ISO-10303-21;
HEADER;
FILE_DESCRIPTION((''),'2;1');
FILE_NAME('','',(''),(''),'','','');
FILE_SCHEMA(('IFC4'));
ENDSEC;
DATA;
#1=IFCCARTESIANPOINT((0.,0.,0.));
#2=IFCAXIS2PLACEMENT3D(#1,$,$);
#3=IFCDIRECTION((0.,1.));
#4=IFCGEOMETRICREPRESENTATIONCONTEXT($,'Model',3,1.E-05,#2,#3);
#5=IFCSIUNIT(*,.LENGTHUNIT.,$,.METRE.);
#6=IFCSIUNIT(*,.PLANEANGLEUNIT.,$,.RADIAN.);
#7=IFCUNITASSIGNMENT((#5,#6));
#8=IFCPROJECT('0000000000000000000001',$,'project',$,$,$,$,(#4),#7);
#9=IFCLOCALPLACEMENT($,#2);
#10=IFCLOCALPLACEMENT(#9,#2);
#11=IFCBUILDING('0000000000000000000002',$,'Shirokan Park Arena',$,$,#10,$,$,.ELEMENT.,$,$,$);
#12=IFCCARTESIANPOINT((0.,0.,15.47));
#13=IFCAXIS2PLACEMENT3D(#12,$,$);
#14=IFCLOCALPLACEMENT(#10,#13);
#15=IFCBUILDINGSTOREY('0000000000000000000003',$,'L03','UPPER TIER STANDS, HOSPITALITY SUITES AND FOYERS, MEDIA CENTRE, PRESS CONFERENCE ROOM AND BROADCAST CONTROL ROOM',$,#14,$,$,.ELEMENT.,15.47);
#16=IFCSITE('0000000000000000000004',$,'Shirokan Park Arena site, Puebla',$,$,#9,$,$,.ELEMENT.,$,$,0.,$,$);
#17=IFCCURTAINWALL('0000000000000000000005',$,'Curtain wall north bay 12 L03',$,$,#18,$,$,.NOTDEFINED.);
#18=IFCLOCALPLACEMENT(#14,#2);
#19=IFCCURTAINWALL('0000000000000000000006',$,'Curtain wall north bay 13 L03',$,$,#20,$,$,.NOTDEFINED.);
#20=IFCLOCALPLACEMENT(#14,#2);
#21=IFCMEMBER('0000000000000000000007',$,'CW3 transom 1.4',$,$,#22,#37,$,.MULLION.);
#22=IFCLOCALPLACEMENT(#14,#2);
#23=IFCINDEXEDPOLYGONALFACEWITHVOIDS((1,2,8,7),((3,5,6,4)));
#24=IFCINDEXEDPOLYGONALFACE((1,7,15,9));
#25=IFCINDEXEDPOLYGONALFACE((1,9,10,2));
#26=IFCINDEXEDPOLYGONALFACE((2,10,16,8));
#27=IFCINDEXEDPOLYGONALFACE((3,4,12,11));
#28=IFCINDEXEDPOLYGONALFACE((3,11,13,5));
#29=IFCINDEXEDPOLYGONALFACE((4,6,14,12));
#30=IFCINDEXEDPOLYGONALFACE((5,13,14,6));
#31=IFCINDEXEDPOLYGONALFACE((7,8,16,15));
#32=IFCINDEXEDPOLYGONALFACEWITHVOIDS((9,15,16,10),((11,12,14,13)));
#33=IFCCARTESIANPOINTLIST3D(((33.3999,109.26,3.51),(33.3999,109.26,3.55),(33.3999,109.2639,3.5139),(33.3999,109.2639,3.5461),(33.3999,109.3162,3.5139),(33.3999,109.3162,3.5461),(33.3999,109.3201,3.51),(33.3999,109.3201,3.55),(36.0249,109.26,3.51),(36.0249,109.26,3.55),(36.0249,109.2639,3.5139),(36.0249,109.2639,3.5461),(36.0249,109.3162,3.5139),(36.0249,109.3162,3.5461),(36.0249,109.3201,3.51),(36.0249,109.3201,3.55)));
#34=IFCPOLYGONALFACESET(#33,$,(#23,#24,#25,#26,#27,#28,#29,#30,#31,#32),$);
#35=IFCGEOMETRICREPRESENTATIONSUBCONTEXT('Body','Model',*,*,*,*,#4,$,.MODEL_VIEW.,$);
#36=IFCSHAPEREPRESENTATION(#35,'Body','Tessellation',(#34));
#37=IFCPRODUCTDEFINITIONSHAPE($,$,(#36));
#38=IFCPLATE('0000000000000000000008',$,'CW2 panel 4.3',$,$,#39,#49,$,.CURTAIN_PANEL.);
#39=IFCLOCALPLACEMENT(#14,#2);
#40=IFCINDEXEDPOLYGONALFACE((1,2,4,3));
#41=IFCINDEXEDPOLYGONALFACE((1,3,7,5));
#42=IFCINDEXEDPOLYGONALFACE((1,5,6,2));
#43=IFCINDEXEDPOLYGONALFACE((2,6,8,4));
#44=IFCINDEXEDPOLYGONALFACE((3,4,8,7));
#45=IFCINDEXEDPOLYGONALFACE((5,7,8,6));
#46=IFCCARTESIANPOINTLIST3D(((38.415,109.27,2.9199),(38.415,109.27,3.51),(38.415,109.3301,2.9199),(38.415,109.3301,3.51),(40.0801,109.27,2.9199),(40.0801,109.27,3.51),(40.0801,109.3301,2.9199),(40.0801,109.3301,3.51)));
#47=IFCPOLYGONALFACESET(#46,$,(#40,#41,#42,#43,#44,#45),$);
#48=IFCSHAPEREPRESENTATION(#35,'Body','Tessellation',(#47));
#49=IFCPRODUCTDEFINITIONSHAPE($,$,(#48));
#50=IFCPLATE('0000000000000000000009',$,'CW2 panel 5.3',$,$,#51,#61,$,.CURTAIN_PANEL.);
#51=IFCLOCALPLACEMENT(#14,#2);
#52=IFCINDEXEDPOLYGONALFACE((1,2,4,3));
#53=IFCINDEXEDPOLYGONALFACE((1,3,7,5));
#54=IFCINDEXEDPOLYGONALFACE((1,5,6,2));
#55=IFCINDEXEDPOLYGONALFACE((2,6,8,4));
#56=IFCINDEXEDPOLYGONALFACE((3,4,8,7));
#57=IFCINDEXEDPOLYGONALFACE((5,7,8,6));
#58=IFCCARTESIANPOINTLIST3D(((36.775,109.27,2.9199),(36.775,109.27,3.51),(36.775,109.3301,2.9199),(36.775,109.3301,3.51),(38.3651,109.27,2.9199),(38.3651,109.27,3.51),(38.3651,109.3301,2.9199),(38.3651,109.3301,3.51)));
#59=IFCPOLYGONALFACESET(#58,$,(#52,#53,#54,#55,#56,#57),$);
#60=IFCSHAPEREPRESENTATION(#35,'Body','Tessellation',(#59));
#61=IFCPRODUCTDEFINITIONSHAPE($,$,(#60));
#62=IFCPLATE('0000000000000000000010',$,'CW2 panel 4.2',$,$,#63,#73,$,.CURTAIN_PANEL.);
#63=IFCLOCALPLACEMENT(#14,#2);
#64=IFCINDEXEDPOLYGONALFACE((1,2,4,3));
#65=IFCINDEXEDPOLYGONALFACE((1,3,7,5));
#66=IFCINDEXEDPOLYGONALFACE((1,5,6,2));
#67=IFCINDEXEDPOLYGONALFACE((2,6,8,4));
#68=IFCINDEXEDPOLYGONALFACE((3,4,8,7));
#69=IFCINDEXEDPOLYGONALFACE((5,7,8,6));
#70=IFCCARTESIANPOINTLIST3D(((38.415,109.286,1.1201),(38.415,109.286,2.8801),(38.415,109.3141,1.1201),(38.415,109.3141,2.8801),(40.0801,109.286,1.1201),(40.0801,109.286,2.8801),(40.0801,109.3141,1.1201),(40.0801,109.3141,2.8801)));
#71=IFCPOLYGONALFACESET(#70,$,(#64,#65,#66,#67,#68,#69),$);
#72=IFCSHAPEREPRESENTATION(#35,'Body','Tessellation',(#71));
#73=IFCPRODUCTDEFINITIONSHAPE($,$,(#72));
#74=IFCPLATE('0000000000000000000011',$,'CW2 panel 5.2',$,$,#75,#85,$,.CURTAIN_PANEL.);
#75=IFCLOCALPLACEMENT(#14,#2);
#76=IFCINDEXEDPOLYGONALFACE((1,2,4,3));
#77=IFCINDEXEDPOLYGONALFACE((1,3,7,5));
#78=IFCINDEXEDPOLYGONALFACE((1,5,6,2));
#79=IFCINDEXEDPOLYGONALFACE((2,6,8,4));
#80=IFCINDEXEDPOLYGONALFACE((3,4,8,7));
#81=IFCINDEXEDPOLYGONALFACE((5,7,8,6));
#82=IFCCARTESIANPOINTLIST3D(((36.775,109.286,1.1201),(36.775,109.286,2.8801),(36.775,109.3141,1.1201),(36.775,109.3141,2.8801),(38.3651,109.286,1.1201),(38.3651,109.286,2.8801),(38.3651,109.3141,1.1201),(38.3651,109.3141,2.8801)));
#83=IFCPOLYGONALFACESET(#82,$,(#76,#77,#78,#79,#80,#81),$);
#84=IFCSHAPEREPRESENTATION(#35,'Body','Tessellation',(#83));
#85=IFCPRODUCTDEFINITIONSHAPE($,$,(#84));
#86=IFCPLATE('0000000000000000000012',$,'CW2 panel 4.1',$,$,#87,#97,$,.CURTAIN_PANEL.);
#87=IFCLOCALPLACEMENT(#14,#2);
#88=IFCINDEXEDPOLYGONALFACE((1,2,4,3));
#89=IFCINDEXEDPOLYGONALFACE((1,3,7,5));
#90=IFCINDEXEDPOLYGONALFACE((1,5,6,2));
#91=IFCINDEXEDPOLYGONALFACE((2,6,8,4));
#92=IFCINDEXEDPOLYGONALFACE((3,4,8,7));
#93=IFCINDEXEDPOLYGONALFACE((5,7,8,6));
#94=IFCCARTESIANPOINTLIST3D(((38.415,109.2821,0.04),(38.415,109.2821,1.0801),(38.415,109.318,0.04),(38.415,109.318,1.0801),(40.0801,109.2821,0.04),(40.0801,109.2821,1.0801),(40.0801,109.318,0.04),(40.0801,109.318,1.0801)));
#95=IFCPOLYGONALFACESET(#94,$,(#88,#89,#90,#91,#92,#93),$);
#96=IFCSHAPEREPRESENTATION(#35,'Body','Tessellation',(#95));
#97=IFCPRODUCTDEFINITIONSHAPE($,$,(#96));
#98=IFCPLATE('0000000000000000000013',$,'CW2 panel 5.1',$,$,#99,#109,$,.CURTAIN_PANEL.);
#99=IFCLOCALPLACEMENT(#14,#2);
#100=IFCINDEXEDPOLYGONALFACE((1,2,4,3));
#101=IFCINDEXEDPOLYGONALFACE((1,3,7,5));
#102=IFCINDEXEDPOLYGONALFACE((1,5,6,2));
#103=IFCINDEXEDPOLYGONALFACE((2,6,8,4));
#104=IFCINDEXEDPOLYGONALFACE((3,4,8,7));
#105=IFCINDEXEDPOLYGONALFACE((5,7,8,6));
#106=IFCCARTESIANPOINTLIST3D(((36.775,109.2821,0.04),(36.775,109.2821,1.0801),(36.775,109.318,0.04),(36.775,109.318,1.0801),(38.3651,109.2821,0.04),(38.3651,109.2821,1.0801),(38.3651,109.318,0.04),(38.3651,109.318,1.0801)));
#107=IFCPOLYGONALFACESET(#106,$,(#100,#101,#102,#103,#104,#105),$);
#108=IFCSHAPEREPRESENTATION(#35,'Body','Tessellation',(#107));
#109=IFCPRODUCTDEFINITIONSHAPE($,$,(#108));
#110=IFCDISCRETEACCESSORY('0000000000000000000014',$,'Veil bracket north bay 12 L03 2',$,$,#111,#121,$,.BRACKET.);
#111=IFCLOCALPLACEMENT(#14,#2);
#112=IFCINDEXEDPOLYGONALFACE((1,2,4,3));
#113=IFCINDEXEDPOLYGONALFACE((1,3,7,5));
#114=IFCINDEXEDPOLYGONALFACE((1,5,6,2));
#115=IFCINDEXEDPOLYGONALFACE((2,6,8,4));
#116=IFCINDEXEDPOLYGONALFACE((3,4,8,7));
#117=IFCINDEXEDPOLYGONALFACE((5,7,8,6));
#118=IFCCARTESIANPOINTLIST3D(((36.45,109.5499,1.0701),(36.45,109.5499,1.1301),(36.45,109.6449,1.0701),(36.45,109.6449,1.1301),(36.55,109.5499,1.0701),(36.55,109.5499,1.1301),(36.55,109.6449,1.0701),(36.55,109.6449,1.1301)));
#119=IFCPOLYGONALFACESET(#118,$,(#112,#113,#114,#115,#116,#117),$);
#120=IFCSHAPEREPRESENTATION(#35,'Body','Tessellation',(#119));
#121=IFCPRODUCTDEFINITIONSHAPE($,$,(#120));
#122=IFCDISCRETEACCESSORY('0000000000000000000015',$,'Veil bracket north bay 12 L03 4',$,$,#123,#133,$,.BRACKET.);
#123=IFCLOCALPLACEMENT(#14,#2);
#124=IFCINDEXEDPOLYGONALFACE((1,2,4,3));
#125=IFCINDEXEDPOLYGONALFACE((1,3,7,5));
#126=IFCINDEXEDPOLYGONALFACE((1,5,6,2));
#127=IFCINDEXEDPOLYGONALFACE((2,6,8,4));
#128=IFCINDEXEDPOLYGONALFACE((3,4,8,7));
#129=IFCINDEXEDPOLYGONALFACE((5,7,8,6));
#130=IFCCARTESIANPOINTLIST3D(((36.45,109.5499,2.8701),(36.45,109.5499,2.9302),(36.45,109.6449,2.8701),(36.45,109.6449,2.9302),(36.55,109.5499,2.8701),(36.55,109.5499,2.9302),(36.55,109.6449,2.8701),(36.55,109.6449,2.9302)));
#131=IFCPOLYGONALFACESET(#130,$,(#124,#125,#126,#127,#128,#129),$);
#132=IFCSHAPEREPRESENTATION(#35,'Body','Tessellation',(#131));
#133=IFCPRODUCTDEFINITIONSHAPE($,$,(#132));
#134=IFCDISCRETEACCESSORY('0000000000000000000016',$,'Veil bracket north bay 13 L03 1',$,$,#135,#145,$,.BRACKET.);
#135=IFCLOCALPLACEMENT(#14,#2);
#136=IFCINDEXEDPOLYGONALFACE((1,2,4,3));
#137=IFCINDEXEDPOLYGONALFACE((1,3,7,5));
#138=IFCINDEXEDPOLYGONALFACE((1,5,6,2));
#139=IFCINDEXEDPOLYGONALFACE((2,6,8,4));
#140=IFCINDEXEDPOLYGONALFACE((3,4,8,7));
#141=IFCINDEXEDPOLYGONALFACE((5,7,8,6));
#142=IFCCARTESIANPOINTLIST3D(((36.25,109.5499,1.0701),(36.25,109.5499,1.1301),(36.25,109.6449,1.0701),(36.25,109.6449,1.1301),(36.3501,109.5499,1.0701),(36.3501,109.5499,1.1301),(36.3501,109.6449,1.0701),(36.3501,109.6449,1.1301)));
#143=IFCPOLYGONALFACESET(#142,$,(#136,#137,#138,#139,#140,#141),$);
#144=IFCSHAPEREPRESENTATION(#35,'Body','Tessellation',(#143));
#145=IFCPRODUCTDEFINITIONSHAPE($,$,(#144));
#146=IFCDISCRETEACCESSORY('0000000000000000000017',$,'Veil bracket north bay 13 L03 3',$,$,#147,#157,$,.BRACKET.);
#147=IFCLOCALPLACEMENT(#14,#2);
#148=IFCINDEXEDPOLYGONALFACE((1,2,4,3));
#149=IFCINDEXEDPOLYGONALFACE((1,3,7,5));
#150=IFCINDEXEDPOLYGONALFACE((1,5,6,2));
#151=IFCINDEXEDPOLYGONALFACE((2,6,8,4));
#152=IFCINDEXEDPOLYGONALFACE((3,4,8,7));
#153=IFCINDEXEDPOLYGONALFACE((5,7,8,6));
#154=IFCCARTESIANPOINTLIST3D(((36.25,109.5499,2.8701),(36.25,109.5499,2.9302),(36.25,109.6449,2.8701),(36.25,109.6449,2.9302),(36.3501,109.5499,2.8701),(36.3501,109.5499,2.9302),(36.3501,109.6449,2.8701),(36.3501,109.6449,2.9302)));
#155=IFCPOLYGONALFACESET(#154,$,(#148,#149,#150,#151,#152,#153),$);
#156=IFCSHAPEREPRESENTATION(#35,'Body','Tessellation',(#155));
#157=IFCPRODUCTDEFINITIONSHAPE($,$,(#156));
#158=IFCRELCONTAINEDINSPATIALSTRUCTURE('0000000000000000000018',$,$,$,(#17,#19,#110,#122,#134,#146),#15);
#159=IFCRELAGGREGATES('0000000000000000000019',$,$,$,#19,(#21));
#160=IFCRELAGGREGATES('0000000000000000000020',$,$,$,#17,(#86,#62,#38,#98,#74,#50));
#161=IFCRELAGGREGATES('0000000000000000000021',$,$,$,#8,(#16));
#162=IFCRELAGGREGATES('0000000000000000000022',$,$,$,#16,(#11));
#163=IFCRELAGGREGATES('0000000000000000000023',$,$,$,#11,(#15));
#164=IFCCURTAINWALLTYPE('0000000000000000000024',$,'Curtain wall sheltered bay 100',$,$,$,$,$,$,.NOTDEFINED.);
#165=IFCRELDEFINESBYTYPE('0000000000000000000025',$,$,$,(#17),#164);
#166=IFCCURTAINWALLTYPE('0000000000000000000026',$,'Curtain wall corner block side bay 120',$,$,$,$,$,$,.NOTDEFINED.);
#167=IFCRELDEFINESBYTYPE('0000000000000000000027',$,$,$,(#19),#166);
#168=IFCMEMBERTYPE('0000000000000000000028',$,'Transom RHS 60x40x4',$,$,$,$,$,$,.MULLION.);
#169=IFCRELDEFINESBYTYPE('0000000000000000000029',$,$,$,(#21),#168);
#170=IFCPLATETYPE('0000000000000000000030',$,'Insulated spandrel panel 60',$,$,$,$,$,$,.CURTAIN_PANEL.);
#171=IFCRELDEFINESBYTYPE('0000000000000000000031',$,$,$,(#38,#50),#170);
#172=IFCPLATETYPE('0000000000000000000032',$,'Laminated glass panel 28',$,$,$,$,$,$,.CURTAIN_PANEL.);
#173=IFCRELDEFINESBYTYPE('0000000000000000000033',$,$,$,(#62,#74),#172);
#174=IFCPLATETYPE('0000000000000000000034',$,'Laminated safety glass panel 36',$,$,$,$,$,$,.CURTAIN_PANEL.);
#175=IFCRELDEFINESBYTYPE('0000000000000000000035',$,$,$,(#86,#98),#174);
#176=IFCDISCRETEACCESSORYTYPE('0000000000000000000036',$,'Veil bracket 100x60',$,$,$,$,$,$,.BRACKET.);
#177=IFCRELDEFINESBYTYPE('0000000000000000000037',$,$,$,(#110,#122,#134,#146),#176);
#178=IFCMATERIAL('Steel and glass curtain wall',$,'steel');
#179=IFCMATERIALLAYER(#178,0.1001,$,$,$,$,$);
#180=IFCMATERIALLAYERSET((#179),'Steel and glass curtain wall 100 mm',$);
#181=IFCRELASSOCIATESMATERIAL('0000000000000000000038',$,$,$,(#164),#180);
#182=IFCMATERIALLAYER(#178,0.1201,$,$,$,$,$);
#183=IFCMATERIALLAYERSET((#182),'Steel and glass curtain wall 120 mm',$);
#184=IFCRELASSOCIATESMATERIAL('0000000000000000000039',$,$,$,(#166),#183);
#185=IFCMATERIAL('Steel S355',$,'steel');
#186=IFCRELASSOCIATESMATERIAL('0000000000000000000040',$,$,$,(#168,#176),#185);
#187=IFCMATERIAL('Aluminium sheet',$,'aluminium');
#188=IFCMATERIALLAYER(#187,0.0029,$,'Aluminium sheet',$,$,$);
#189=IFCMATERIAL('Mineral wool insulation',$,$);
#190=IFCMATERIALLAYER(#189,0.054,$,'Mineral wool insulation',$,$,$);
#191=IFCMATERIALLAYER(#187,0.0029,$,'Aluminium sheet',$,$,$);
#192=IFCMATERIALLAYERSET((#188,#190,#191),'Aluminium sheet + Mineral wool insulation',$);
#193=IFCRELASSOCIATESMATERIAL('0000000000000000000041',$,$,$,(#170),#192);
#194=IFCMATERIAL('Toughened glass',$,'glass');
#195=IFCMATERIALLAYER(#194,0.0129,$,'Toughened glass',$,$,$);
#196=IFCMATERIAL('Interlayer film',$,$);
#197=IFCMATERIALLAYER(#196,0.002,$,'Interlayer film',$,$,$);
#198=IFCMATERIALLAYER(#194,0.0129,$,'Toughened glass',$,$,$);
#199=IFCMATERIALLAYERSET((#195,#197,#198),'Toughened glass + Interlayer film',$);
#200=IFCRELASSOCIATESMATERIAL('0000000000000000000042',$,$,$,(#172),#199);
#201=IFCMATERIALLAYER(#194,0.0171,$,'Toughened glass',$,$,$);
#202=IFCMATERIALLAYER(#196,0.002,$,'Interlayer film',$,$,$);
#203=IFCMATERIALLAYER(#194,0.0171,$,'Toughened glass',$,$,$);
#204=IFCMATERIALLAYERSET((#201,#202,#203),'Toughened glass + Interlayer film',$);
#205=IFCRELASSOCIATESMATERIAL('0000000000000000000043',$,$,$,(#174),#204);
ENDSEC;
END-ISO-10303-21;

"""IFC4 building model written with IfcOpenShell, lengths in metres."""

from ifc_helpers import new_model, si_unit, direction, frame, origin, origin_2d, place, context, subcontext, project, spatial, rectangle, hollow_rectangle, extrude, material, layer, layer_set, material_profile, profile_set, type_object, element, aggregate, save


model = new_model("IFC4")

# Units and contexts
model_context = context("Model", 3, precision=1e-05, world=origin(), true_north=direction((0.0, 1.0)))
body_context = subcontext(model_context, "Body", "Model", "MODEL_VIEW")
ifc_project = project(units=[si_unit("LENGTHUNIT", "METRE"), si_unit("PLANEANGLEUNIT", "RADIAN")], contexts=[model_context])

# Site, building, storey
site_placement = place(None, origin())
site = spatial("IfcSite", under=ifc_project, at=site_placement, Name="Shirokan Park Arena site, Puebla", CompositionType="ELEMENT", RefElevation=0.0)
building_placement = place(site_placement, origin())
building = spatial("IfcBuilding", under=site, at=building_placement, Name="Shirokan Park Arena", CompositionType="ELEMENT")
storey_placement = place(building_placement, frame((0.0, 0.0, 15.47)))
storey = spatial("IfcBuildingStorey", under=building, at=storey_placement, Name="L03", Description="UPPER TIER STANDS, HOSPITALITY SUITES AND FOYERS, MEDIA CENTRE, PRESS CONFERENCE ROOM AND BROADCAST CONTROL ROOM", CompositionType="ELEMENT", Elevation=15.47)

# Curtain walls
ifc_material_1 = material(Name="Steel and glass curtain wall", Category="steel")
ifc_layer_1 = layer(ifc_material_1, 0.1001)
ifc_layer_set_1 = layer_set([ifc_layer_1], Name="Steel and glass curtain wall 100 mm")
curtain_wall_type_1 = type_object("IfcCurtainWallType", Name="Curtain wall sheltered bay 100", PredefinedType="NOTDEFINED", material=ifc_layer_set_1)
curtain_wall_1_placement = place(storey_placement, origin())
curtain_wall_1 = element("IfcCurtainWall", 1, at=curtain_wall_1_placement, inside=storey, type_object=curtain_wall_type_1, Name="Curtain wall north bay 12 L03", PredefinedType="NOTDEFINED")
ifc_material_2 = material(Name="Steel S355", Category="steel")
ifc_layer_2 = layer(ifc_material_1, 0.1201)
ifc_layer_set_2 = layer_set([ifc_layer_2], Name="Steel and glass curtain wall 120 mm")
curtain_wall_type_2 = type_object("IfcCurtainWallType", Name="Curtain wall corner block side bay 120", PredefinedType="NOTDEFINED", material=ifc_layer_set_2)
curtain_wall_2_placement = place(storey_placement, origin())
curtain_wall_2 = element("IfcCurtainWall", 2, at=curtain_wall_2_placement, inside=storey, type_object=curtain_wall_type_2, Name="Curtain wall north bay 13 L03", PredefinedType="NOTDEFINED")

# Member
ifc_material_profile_1 = material_profile(ifc_material_2, hollow_rectangle(XDim=0.0601, YDim=0.04, WallThickness=0.0039, at=origin_2d()), Name="RHS 60x40x4")
ifc_profile_set_1 = profile_set([ifc_material_profile_1], Name="Steel S355")
member_type_1 = type_object("IfcMemberType", Name="Transom RHS 60x40x4", PredefinedType="MULLION", material=ifc_profile_set_1)
member_1_placement = place(storey_placement, frame((36.0249, 109.29, 3.53), z_axis=(-1.0, 0.0, 0.0), x_axis=(0.0, -1.0, 0.0)))
member_1 = element("IfcMember", 3, at=member_1_placement, type_object=member_type_1, Name="CW3 transom 1.4", PredefinedType="MULLION", context=body_context, shape_type="SweptSolid", body=[
    extrude(hollow_rectangle(XDim=0.0601, YDim=0.04, WallThickness=0.0039, at=origin_2d()), origin(), (0.0, 0.0, 1.0), 2.625),
])
aggregate(curtain_wall_2, [member_1])

# Plates
ifc_material_3 = material(Name="Aluminium sheet", Category="aluminium")
ifc_layer_3 = layer(ifc_material_3, 0.0029, Name="Aluminium sheet")
ifc_material_4 = material(Name="Mineral wool insulation")
ifc_layer_4 = layer(ifc_material_4, 0.054, Name="Mineral wool insulation")
ifc_layer_5 = layer(ifc_material_3, 0.0029, Name="Aluminium sheet")
ifc_layer_set_3 = layer_set([ifc_layer_3, ifc_layer_4, ifc_layer_5], Name="Aluminium sheet + Mineral wool insulation")
plate_type_1 = type_object("IfcPlateType", Name="Insulated spandrel panel 60", PredefinedType="CURTAIN_PANEL", material=ifc_layer_set_3)
plate_1_placement = place(storey_placement, frame((39.2476, 109.3, 2.9199), z_axis=(0.0, 0.0, 1.0), x_axis=(-1.0, 0.0, 0.0)))
plate_1 = element("IfcPlate", 4, at=plate_1_placement, type_object=plate_type_1, Name="CW2 panel 4.3", PredefinedType="CURTAIN_PANEL", context=body_context, shape_type="SweptSolid", body=[
    extrude(rectangle(XDim=1.665, YDim=0.0601, at=origin_2d()), origin(), (0.0, 0.0, 1.0), 0.5901),
])
plate_2_placement = place(storey_placement, frame((37.5701, 109.3, 2.9199), z_axis=(0.0, 0.0, 1.0), x_axis=(-1.0, 0.0, 0.0)))
plate_2 = element("IfcPlate", 5, at=plate_2_placement, type_object=plate_type_1, Name="CW2 panel 5.3", PredefinedType="CURTAIN_PANEL", context=body_context, shape_type="SweptSolid", body=[
    extrude(rectangle(XDim=1.5901, YDim=0.0601, at=origin_2d()), origin(), (0.0, 0.0, 1.0), 0.5901),
])
ifc_material_5 = material(Name="Toughened glass", Category="glass")
ifc_layer_6 = layer(ifc_material_5, 0.0129, Name="Toughened glass")
ifc_material_6 = material(Name="Interlayer film")
ifc_layer_7 = layer(ifc_material_6, 0.002, Name="Interlayer film")
ifc_layer_8 = layer(ifc_material_5, 0.0129, Name="Toughened glass")
ifc_layer_set_4 = layer_set([ifc_layer_6, ifc_layer_7, ifc_layer_8], Name="Toughened glass + Interlayer film")
plate_type_2 = type_object("IfcPlateType", Name="Laminated glass panel 28", PredefinedType="CURTAIN_PANEL", material=ifc_layer_set_4)
plate_3_placement = place(storey_placement, frame((39.2476, 109.3, 1.1201), z_axis=(0.0, 0.0, 1.0), x_axis=(-1.0, 0.0, 0.0)))
plate_3 = element("IfcPlate", 6, at=plate_3_placement, type_object=plate_type_2, Name="CW2 panel 4.2", PredefinedType="CURTAIN_PANEL", context=body_context, shape_type="SweptSolid", body=[
    extrude(rectangle(XDim=1.665, YDim=0.0281, at=origin_2d()), origin(), (0.0, 0.0, 1.0), 1.76),
])
plate_4_placement = place(storey_placement, frame((37.5701, 109.3, 1.1201), z_axis=(0.0, 0.0, 1.0), x_axis=(-1.0, 0.0, 0.0)))
plate_4 = element("IfcPlate", 7, at=plate_4_placement, type_object=plate_type_2, Name="CW2 panel 5.2", PredefinedType="CURTAIN_PANEL", context=body_context, shape_type="SweptSolid", body=[
    extrude(rectangle(XDim=1.5901, YDim=0.0281, at=origin_2d()), origin(), (0.0, 0.0, 1.0), 1.76),
])
ifc_layer_9 = layer(ifc_material_5, 0.0171, Name="Toughened glass")
ifc_layer_10 = layer(ifc_material_6, 0.002, Name="Interlayer film")
ifc_layer_11 = layer(ifc_material_5, 0.0171, Name="Toughened glass")
ifc_layer_set_5 = layer_set([ifc_layer_9, ifc_layer_10, ifc_layer_11], Name="Toughened glass + Interlayer film")
plate_type_3 = type_object("IfcPlateType", Name="Laminated safety glass panel 36", PredefinedType="CURTAIN_PANEL", material=ifc_layer_set_5)
plate_5_placement = place(storey_placement, frame((39.2476, 109.3, 0.04), z_axis=(0.0, 0.0, 1.0), x_axis=(-1.0, 0.0, 0.0)))
plate_5 = element("IfcPlate", 8, at=plate_5_placement, type_object=plate_type_3, Name="CW2 panel 4.1", PredefinedType="CURTAIN_PANEL", context=body_context, shape_type="SweptSolid", body=[
    extrude(rectangle(XDim=1.665, YDim=0.0359, at=origin_2d()), origin(), (0.0, 0.0, 1.0), 1.04),
])
plate_6_placement = place(storey_placement, frame((37.5701, 109.3, 0.04), z_axis=(0.0, 0.0, 1.0), x_axis=(-1.0, 0.0, 0.0)))
plate_6 = element("IfcPlate", 9, at=plate_6_placement, type_object=plate_type_3, Name="CW2 panel 5.1", PredefinedType="CURTAIN_PANEL", context=body_context, shape_type="SweptSolid", body=[
    extrude(rectangle(XDim=1.5901, YDim=0.0359, at=origin_2d()), origin(), (0.0, 0.0, 1.0), 1.04),
])
aggregate(curtain_wall_1, [plate_5, plate_3, plate_1, plate_6, plate_4, plate_2])

# Discrete accessories
discrete_accessory_type = type_object("IfcDiscreteAccessoryType", Name="Veil bracket 100x60", PredefinedType="BRACKET", material=ifc_material_2)
for number, where, z_axis, x_axis, name in (
    (10, (36.5, 109.5974, 1.0701), (0.0, 0.0, 1.0), (-1.0, 0.0, 0.0), "Veil bracket north bay 12 L03 2"),
    (11, (36.5, 109.5974, 2.8701), (0.0, 0.0, 1.0), (-1.0, 0.0, 0.0), "Veil bracket north bay 12 L03 4"),
    (12, (36.3, 109.5974, 1.0701), (0.0, 0.0, 1.0), (-1.0, 0.0, 0.0), "Veil bracket north bay 13 L03 1"),
    (13, (36.3, 109.5974, 2.8701), (0.0, 0.0, 1.0), (-1.0, 0.0, 0.0), "Veil bracket north bay 13 L03 3"),
):
    element("IfcDiscreteAccessory", number, at=place(storey_placement, frame(where, z_axis=z_axis, x_axis=x_axis)), inside=storey, type_object=discrete_accessory_type, Name=name, PredefinedType="BRACKET", context=body_context, shape_type="SweptSolid", body=[
        extrude(rectangle(XDim=0.1001, YDim=0.095, at=origin_2d()), origin(), (0.0, 0.0, 1.0), 0.0601),
    ])

save(model, "model.ifc")
